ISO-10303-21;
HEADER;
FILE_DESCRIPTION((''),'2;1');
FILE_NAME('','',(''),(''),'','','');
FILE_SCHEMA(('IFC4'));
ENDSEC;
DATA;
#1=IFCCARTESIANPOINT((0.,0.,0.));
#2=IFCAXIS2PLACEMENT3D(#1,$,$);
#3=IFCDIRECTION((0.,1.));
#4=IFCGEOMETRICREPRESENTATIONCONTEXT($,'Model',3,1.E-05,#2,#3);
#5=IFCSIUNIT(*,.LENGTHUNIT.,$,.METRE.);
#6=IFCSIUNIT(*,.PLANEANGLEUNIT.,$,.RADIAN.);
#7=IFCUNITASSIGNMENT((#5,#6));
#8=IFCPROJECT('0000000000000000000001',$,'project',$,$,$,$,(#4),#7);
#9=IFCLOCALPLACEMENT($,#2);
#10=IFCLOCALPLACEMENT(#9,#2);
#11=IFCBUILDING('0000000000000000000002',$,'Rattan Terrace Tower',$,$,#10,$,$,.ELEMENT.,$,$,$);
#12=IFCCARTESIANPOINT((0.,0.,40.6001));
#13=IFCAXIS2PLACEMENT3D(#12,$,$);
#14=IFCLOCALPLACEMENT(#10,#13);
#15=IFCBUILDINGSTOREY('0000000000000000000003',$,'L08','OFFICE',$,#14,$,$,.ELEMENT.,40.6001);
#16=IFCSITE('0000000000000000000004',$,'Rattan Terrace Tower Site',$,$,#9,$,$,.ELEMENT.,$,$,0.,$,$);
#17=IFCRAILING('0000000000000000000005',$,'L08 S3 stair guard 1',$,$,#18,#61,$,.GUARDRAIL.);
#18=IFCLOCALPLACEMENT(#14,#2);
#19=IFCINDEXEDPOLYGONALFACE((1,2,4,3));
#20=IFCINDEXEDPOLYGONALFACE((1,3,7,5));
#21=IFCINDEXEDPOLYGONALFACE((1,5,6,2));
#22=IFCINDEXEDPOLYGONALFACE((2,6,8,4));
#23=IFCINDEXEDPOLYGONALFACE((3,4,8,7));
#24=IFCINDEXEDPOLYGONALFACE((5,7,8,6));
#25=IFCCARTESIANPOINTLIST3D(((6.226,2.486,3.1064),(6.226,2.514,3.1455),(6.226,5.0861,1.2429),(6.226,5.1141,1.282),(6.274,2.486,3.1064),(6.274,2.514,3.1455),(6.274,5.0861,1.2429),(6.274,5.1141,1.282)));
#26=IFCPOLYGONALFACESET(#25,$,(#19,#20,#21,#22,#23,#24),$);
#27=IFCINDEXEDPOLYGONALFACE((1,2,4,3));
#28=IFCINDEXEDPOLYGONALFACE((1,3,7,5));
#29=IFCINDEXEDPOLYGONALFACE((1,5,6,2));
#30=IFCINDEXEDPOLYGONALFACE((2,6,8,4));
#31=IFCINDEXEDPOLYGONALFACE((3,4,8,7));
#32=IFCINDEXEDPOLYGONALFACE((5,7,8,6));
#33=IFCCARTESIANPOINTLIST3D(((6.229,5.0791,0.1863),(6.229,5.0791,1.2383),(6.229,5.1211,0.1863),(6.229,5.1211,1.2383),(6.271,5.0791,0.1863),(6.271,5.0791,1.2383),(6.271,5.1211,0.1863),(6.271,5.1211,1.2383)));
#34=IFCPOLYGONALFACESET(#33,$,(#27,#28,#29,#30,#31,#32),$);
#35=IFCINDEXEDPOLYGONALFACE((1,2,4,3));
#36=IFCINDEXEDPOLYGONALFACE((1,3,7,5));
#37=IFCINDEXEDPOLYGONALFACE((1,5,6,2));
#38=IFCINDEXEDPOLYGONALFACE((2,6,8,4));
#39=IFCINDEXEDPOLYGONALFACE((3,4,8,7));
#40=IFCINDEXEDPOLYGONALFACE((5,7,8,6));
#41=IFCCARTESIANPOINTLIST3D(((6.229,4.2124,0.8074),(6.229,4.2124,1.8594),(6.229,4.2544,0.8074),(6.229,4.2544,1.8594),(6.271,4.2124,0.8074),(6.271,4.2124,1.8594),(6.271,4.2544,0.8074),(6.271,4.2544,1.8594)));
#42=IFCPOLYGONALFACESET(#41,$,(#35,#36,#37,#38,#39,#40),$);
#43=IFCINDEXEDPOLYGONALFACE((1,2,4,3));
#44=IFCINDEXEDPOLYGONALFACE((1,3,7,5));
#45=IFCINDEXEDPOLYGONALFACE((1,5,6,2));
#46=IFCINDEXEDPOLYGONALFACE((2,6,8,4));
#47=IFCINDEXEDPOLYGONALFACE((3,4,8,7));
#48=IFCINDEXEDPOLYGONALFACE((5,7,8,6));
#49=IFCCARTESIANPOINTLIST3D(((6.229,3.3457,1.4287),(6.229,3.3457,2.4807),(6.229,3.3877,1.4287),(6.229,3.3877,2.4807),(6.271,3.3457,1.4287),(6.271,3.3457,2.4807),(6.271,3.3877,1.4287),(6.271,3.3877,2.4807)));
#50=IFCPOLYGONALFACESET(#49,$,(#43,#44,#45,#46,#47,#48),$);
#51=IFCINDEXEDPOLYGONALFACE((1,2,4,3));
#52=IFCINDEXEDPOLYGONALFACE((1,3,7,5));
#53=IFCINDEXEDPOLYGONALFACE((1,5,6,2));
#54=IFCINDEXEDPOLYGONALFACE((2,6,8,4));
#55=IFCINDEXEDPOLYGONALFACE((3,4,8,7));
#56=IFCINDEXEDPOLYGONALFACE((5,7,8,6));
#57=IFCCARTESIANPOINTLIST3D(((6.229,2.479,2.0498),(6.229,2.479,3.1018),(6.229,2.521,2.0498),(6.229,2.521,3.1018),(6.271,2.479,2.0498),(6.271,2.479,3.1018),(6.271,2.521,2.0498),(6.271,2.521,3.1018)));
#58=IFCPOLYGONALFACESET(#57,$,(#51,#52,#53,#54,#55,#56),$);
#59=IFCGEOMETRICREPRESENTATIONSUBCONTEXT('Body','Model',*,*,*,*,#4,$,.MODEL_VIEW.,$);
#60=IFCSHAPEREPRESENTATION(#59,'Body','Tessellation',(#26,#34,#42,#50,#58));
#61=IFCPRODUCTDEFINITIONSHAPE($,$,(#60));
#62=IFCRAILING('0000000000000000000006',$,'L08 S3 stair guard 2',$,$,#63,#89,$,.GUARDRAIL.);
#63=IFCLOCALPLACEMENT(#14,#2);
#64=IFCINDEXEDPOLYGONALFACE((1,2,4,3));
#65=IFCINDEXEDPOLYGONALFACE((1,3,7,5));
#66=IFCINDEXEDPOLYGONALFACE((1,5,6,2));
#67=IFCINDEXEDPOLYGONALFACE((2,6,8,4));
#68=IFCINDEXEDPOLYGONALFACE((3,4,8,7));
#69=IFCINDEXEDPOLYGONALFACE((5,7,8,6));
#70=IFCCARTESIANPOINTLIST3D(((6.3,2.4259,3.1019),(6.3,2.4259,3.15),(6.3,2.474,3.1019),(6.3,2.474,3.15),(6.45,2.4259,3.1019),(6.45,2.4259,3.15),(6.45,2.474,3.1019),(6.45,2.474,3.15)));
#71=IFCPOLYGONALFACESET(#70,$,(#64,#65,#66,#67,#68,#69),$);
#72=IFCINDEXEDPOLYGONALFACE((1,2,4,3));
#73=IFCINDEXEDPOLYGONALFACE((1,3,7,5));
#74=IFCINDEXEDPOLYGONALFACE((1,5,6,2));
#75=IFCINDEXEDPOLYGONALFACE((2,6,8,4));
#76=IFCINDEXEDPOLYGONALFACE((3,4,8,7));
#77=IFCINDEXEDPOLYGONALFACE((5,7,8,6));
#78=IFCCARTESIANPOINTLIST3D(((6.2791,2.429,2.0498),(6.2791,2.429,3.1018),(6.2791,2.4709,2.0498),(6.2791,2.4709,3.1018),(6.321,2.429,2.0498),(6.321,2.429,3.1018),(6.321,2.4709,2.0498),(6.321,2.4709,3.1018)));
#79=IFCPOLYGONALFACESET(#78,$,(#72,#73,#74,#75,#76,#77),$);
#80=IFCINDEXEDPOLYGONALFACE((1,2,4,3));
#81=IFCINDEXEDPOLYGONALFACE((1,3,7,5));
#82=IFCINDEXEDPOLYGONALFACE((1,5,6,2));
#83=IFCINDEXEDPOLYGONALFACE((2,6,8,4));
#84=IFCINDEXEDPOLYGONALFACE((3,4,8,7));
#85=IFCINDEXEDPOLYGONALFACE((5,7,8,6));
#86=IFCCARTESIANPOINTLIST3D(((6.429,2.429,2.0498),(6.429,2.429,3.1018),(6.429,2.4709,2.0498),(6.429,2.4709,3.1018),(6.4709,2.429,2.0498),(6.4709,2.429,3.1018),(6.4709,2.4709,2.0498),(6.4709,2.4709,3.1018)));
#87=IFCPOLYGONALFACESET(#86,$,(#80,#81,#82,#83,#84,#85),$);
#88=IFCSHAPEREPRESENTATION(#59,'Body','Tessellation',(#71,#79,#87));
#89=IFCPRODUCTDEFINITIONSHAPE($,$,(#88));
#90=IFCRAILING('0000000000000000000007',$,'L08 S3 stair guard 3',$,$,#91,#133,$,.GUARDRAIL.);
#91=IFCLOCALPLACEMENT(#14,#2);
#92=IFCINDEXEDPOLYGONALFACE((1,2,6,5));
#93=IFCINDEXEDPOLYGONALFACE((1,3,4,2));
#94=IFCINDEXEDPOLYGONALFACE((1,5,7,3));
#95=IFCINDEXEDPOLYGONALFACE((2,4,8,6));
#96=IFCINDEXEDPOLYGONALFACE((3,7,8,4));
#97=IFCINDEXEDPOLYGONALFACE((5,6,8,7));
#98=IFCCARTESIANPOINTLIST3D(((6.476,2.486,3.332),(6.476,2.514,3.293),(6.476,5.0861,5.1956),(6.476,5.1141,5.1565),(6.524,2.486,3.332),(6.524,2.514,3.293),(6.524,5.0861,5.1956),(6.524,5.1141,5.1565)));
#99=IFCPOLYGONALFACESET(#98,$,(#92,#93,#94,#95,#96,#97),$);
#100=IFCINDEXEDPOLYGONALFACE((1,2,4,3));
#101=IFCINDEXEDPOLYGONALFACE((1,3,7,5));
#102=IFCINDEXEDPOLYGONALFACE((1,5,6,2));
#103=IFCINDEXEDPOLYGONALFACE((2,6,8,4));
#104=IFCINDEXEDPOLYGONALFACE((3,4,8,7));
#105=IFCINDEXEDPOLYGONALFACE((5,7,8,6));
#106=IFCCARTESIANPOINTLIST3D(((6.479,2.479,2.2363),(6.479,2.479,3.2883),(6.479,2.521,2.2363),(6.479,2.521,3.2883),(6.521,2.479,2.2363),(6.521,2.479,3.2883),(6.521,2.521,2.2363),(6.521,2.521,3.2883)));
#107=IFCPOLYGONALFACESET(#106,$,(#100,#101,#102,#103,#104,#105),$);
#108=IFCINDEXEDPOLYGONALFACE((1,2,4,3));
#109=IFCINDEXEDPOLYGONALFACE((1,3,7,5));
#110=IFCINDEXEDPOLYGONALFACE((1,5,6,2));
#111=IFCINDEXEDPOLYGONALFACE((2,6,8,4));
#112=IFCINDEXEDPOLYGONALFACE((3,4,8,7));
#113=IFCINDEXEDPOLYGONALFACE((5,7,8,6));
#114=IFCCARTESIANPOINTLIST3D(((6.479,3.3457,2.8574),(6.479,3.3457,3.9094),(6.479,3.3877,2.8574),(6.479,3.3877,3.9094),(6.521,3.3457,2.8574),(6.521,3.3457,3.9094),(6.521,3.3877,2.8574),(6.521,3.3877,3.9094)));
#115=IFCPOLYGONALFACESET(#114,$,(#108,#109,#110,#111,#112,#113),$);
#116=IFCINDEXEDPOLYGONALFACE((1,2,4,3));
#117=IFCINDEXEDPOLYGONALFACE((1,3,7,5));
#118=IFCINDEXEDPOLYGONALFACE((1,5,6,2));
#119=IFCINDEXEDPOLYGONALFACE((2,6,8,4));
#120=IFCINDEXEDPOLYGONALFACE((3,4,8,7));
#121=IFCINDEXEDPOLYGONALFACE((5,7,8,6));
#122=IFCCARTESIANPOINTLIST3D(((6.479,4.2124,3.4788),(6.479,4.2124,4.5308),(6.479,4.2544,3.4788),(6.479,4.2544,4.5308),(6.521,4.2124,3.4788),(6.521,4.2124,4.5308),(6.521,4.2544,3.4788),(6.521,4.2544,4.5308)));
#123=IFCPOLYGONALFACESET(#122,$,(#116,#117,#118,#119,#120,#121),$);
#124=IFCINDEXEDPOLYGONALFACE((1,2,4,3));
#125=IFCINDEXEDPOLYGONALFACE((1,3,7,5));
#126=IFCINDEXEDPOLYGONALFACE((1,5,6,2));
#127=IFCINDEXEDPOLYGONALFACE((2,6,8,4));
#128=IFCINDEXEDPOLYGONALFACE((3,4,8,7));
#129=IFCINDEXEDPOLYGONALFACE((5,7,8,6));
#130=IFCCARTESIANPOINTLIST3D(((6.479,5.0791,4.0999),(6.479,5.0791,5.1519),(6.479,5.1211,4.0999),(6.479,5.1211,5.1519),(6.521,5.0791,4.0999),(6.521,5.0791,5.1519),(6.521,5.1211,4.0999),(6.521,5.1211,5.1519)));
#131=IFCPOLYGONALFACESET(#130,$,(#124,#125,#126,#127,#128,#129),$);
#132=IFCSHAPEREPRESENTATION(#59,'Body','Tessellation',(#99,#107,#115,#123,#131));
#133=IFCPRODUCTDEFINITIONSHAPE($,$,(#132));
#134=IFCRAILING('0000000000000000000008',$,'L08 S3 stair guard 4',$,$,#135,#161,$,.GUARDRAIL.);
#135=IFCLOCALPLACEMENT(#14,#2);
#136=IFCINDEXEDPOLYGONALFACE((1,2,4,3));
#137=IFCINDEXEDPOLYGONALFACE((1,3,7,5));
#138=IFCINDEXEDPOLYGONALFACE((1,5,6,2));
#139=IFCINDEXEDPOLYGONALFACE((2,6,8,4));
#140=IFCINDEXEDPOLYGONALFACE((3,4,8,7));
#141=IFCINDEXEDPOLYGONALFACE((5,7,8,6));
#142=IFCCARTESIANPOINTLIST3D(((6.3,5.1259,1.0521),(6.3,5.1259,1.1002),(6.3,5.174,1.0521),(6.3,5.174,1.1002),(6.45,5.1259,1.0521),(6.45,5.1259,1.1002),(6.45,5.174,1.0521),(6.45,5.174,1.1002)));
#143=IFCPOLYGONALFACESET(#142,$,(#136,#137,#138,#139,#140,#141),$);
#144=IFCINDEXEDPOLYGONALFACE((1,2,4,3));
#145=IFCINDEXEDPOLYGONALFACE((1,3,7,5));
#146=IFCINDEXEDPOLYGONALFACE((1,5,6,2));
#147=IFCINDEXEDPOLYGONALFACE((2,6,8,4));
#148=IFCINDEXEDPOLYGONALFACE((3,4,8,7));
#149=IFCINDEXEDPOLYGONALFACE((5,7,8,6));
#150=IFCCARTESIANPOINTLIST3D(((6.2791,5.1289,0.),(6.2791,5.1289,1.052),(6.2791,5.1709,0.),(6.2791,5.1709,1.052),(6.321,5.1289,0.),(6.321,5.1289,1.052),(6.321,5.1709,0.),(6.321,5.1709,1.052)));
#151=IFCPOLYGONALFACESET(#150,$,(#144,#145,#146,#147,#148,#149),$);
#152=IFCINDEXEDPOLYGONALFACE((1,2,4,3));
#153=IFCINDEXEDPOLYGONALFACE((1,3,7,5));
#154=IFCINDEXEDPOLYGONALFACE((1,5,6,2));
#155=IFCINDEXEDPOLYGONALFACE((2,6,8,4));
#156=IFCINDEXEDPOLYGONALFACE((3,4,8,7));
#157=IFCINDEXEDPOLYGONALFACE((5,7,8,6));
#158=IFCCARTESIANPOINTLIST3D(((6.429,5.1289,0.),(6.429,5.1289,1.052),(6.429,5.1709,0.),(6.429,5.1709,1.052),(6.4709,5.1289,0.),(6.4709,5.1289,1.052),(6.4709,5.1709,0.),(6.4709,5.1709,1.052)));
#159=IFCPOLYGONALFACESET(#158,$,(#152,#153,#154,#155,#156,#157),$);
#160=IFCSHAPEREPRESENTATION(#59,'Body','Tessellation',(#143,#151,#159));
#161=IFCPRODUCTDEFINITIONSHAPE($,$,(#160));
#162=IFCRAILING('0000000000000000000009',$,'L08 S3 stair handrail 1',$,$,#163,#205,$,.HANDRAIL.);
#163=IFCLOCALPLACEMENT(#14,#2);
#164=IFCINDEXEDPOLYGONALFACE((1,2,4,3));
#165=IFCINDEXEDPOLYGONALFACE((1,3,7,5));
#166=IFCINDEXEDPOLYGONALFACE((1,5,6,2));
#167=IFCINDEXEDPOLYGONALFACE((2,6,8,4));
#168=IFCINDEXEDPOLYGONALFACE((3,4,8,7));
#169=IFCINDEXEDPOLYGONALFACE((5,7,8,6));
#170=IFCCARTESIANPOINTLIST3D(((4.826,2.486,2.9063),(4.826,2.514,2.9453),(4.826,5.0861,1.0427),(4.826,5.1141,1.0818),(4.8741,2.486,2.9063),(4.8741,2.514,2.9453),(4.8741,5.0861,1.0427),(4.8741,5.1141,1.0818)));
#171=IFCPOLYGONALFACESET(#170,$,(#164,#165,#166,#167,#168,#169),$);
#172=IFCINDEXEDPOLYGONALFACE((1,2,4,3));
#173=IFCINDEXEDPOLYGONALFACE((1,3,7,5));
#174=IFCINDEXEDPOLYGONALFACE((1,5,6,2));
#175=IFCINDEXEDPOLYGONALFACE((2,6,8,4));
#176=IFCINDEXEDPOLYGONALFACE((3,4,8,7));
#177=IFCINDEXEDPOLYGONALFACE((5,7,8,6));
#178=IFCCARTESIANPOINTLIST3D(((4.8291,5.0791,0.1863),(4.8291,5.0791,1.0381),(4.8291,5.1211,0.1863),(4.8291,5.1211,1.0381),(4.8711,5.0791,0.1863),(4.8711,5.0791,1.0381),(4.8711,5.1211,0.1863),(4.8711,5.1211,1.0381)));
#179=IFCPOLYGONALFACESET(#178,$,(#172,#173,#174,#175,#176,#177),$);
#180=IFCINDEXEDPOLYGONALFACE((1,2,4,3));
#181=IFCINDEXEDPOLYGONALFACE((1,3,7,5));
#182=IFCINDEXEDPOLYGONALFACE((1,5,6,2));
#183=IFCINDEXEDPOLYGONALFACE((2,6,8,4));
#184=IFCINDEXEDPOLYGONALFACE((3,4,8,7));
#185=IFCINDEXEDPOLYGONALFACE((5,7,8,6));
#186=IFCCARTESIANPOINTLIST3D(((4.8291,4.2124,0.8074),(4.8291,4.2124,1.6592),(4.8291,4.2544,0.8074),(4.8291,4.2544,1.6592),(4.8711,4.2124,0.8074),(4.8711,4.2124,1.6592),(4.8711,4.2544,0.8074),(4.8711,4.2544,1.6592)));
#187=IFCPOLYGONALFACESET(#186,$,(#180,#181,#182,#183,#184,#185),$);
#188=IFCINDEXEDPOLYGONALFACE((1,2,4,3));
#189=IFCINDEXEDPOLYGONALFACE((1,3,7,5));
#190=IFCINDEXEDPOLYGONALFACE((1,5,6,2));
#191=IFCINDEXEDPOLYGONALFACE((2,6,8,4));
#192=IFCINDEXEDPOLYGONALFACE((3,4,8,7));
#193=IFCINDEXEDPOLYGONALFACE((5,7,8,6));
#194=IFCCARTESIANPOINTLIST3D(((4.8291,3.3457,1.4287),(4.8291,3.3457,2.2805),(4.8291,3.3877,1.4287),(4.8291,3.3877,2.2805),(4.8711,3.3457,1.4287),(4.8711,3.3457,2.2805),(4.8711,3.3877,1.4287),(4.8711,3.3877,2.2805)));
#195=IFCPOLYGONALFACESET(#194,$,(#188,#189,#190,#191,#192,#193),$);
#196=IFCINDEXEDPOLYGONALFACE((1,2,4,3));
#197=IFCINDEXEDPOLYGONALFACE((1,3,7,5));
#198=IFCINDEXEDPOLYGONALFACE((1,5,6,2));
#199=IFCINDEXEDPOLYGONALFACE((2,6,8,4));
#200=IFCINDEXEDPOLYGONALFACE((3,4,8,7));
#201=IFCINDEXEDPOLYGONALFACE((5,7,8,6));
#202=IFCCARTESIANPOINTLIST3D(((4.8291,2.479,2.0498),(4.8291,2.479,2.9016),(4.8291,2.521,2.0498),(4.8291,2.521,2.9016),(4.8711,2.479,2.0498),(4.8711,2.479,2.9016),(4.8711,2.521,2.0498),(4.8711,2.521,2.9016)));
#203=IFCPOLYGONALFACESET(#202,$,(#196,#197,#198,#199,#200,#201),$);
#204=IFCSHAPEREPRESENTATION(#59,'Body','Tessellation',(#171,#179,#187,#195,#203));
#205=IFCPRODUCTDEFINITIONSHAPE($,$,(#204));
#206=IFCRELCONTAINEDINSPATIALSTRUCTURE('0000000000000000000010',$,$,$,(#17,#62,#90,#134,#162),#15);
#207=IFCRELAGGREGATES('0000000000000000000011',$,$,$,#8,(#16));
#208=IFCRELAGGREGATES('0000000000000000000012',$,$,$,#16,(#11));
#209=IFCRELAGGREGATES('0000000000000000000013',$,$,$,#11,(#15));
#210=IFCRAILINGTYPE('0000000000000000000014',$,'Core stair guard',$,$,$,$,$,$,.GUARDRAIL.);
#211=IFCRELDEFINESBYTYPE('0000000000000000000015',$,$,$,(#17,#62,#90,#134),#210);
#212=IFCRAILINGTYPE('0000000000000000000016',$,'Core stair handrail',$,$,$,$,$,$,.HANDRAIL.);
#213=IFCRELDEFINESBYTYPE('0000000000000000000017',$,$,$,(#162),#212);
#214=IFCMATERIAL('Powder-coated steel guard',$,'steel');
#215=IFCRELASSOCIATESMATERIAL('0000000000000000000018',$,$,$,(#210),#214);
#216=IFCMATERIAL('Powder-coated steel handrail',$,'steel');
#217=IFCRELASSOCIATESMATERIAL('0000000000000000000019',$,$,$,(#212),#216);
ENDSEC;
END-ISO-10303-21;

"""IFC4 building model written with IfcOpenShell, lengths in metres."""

from ifc_helpers import new_model, si_unit, direction, frame, origin, origin_2d, place, context, subcontext, project, spatial, rectangle, extrude, material, type_object, element, save


model = new_model("IFC4")

# Units and contexts
model_context = context("Model", 3, precision=1e-05, world=origin(), true_north=direction((0.0, 1.0)))
body_context = subcontext(model_context, "Body", "Model", "MODEL_VIEW")
ifc_project = project(units=[si_unit("LENGTHUNIT", "METRE"), si_unit("PLANEANGLEUNIT", "RADIAN")], contexts=[model_context])

# Site, building, storey
site_placement = place(None, origin())
site = spatial("IfcSite", under=ifc_project, at=site_placement, Name="Rattan Terrace Tower Site", CompositionType="ELEMENT", RefElevation=0.0)
building_placement = place(site_placement, origin())
building = spatial("IfcBuilding", under=site, at=building_placement, Name="Rattan Terrace Tower", CompositionType="ELEMENT")
storey_placement = place(building_placement, frame((0.0, 0.0, 40.6001)))
storey = spatial("IfcBuildingStorey", under=building, at=storey_placement, Name="L08", Description="OFFICE", CompositionType="ELEMENT", Elevation=40.6001)

# Railings
ifc_material_1 = material(Name="Powder-coated steel guard", Category="steel")
railing_type_1 = type_object("IfcRailingType", Name="Core stair guard", PredefinedType="GUARDRAIL", material=ifc_material_1)
railing_1_placement = place(storey_placement, frame((6.25, 5.1001, 0.1863)))
element("IfcRailing", 1, at=railing_1_placement, inside=storey, type_object=railing_type_1, Name="L08 S3 stair guard 1", PredefinedType="GUARDRAIL", context=body_context, shape_type="SweptSolid", body=[
    extrude(rectangle(XDim=0.0481, YDim=0.0481, at=origin_2d()), frame((0.0, 0.0, 1.0762), z_axis=(0.0, -0.812799, 0.582544), x_axis=(1.0, 0.0, 0.0)), (0.0, 0.0, 1.0), 3.199),
    extrude(rectangle(XDim=0.042, YDim=0.042, at=origin_2d()), origin(), (0.0, 0.0, 1.0), 1.052),
    extrude(rectangle(XDim=0.042, YDim=0.042, at=origin_2d()), frame((0.0, -0.8667, 0.6211)), (0.0, 0.0, 1.0), 1.052),
    extrude(rectangle(XDim=0.042, YDim=0.042, at=origin_2d()), frame((0.0, -1.7334, 1.2424)), (0.0, 0.0, 1.0), 1.052),
    extrude(rectangle(XDim=0.042, YDim=0.042, at=origin_2d()), frame((0.0, -2.6001, 1.8635)), (0.0, 0.0, 1.0), 1.052),
])
railing_2_placement = place(storey_placement, frame((6.3, 2.45, 2.0498)))
element("IfcRailing", 2, at=railing_2_placement, inside=storey, type_object=railing_type_1, Name="L08 S3 stair guard 2", PredefinedType="GUARDRAIL", context=body_context, shape_type="SweptSolid", body=[
    extrude(rectangle(XDim=0.0481, YDim=0.0481, at=origin_2d()), frame((0.0, 0.0, 1.0762), z_axis=(1.0, 0.0, 0.0), x_axis=(0.0, 1.0, 0.0)), (0.0, 0.0, 1.0), 0.1499),
    extrude(rectangle(XDim=0.042, YDim=0.042, at=origin_2d()), origin(), (0.0, 0.0, 1.0), 1.052),
    extrude(rectangle(XDim=0.042, YDim=0.042, at=origin_2d()), frame((0.1499, 0.0, 0.0)), (0.0, 0.0, 1.0), 1.052),
])
railing_3_placement = place(storey_placement, frame((6.5, 2.5, 2.2363)))
element("IfcRailing", 3, at=railing_3_placement, inside=storey, type_object=railing_type_1, Name="L08 S3 stair guard 3", PredefinedType="GUARDRAIL", context=body_context, shape_type="SweptSolid", body=[
    extrude(rectangle(XDim=0.0481, YDim=0.0481, at=origin_2d()), frame((0.0, 0.0, 1.0762), z_axis=(0.0, 0.812799, 0.582544), x_axis=(-1.0, 0.0, 0.0)), (0.0, 0.0, 1.0), 3.199),
    extrude(rectangle(XDim=0.042, YDim=0.042, at=origin_2d()), origin(), (0.0, 0.0, 1.0), 1.052),
    extrude(rectangle(XDim=0.042, YDim=0.042, at=origin_2d()), frame((0.0, 0.8667, 0.6211)), (0.0, 0.0, 1.0), 1.052),
    extrude(rectangle(XDim=0.042, YDim=0.042, at=origin_2d()), frame((0.0, 1.7334, 1.2424)), (0.0, 0.0, 1.0), 1.052),
    extrude(rectangle(XDim=0.042, YDim=0.042, at=origin_2d()), frame((0.0, 2.6001, 1.8635)), (0.0, 0.0, 1.0), 1.052),
])
railing_4_placement = place(storey_placement, frame((6.3, 5.1499, 0.0)))
element("IfcRailing", 4, at=railing_4_placement, inside=storey, type_object=railing_type_1, Name="L08 S3 stair guard 4", PredefinedType="GUARDRAIL", context=body_context, shape_type="SweptSolid", body=[
    extrude(rectangle(XDim=0.0481, YDim=0.0481, at=origin_2d()), frame((0.0, 0.0, 1.0762), z_axis=(1.0, 0.0, 0.0), x_axis=(0.0, 1.0, 0.0)), (0.0, 0.0, 1.0), 0.1499),
    extrude(rectangle(XDim=0.042, YDim=0.042, at=origin_2d()), origin(), (0.0, 0.0, 1.0), 1.052),
    extrude(rectangle(XDim=0.042, YDim=0.042, at=origin_2d()), frame((0.1499, 0.0, 0.0)), (0.0, 0.0, 1.0), 1.052),
])
ifc_material_2 = material(Name="Powder-coated steel handrail", Category="steel")
railing_type_2 = type_object("IfcRailingType", Name="Core stair handrail", PredefinedType="HANDRAIL", material=ifc_material_2)
railing_5_placement = place(storey_placement, frame((4.8501, 5.1001, 0.1863)))
element("IfcRailing", 5, at=railing_5_placement, inside=storey, type_object=railing_type_2, Name="L08 S3 stair handrail 1", PredefinedType="HANDRAIL", context=body_context, shape_type="SweptSolid", body=[
    extrude(rectangle(XDim=0.0481, YDim=0.0481, at=origin_2d()), frame((0.0, 0.0, 0.876), z_axis=(0.0, -0.812799, 0.582544), x_axis=(1.0, 0.0, 0.0)), (0.0, 0.0, 1.0), 3.199),
    extrude(rectangle(XDim=0.042, YDim=0.042, at=origin_2d()), origin(), (0.0, 0.0, 1.0), 0.8518),
    extrude(rectangle(XDim=0.042, YDim=0.042, at=origin_2d()), frame((0.0, -0.8667, 0.6211)), (0.0, 0.0, 1.0), 0.8518),
    extrude(rectangle(XDim=0.042, YDim=0.042, at=origin_2d()), frame((0.0, -1.7334, 1.2424)), (0.0, 0.0, 1.0), 0.8518),
    extrude(rectangle(XDim=0.042, YDim=0.042, at=origin_2d()), frame((0.0, -2.6001, 1.8635)), (0.0, 0.0, 1.0), 0.8518),
])

save(model, "model.ifc")
